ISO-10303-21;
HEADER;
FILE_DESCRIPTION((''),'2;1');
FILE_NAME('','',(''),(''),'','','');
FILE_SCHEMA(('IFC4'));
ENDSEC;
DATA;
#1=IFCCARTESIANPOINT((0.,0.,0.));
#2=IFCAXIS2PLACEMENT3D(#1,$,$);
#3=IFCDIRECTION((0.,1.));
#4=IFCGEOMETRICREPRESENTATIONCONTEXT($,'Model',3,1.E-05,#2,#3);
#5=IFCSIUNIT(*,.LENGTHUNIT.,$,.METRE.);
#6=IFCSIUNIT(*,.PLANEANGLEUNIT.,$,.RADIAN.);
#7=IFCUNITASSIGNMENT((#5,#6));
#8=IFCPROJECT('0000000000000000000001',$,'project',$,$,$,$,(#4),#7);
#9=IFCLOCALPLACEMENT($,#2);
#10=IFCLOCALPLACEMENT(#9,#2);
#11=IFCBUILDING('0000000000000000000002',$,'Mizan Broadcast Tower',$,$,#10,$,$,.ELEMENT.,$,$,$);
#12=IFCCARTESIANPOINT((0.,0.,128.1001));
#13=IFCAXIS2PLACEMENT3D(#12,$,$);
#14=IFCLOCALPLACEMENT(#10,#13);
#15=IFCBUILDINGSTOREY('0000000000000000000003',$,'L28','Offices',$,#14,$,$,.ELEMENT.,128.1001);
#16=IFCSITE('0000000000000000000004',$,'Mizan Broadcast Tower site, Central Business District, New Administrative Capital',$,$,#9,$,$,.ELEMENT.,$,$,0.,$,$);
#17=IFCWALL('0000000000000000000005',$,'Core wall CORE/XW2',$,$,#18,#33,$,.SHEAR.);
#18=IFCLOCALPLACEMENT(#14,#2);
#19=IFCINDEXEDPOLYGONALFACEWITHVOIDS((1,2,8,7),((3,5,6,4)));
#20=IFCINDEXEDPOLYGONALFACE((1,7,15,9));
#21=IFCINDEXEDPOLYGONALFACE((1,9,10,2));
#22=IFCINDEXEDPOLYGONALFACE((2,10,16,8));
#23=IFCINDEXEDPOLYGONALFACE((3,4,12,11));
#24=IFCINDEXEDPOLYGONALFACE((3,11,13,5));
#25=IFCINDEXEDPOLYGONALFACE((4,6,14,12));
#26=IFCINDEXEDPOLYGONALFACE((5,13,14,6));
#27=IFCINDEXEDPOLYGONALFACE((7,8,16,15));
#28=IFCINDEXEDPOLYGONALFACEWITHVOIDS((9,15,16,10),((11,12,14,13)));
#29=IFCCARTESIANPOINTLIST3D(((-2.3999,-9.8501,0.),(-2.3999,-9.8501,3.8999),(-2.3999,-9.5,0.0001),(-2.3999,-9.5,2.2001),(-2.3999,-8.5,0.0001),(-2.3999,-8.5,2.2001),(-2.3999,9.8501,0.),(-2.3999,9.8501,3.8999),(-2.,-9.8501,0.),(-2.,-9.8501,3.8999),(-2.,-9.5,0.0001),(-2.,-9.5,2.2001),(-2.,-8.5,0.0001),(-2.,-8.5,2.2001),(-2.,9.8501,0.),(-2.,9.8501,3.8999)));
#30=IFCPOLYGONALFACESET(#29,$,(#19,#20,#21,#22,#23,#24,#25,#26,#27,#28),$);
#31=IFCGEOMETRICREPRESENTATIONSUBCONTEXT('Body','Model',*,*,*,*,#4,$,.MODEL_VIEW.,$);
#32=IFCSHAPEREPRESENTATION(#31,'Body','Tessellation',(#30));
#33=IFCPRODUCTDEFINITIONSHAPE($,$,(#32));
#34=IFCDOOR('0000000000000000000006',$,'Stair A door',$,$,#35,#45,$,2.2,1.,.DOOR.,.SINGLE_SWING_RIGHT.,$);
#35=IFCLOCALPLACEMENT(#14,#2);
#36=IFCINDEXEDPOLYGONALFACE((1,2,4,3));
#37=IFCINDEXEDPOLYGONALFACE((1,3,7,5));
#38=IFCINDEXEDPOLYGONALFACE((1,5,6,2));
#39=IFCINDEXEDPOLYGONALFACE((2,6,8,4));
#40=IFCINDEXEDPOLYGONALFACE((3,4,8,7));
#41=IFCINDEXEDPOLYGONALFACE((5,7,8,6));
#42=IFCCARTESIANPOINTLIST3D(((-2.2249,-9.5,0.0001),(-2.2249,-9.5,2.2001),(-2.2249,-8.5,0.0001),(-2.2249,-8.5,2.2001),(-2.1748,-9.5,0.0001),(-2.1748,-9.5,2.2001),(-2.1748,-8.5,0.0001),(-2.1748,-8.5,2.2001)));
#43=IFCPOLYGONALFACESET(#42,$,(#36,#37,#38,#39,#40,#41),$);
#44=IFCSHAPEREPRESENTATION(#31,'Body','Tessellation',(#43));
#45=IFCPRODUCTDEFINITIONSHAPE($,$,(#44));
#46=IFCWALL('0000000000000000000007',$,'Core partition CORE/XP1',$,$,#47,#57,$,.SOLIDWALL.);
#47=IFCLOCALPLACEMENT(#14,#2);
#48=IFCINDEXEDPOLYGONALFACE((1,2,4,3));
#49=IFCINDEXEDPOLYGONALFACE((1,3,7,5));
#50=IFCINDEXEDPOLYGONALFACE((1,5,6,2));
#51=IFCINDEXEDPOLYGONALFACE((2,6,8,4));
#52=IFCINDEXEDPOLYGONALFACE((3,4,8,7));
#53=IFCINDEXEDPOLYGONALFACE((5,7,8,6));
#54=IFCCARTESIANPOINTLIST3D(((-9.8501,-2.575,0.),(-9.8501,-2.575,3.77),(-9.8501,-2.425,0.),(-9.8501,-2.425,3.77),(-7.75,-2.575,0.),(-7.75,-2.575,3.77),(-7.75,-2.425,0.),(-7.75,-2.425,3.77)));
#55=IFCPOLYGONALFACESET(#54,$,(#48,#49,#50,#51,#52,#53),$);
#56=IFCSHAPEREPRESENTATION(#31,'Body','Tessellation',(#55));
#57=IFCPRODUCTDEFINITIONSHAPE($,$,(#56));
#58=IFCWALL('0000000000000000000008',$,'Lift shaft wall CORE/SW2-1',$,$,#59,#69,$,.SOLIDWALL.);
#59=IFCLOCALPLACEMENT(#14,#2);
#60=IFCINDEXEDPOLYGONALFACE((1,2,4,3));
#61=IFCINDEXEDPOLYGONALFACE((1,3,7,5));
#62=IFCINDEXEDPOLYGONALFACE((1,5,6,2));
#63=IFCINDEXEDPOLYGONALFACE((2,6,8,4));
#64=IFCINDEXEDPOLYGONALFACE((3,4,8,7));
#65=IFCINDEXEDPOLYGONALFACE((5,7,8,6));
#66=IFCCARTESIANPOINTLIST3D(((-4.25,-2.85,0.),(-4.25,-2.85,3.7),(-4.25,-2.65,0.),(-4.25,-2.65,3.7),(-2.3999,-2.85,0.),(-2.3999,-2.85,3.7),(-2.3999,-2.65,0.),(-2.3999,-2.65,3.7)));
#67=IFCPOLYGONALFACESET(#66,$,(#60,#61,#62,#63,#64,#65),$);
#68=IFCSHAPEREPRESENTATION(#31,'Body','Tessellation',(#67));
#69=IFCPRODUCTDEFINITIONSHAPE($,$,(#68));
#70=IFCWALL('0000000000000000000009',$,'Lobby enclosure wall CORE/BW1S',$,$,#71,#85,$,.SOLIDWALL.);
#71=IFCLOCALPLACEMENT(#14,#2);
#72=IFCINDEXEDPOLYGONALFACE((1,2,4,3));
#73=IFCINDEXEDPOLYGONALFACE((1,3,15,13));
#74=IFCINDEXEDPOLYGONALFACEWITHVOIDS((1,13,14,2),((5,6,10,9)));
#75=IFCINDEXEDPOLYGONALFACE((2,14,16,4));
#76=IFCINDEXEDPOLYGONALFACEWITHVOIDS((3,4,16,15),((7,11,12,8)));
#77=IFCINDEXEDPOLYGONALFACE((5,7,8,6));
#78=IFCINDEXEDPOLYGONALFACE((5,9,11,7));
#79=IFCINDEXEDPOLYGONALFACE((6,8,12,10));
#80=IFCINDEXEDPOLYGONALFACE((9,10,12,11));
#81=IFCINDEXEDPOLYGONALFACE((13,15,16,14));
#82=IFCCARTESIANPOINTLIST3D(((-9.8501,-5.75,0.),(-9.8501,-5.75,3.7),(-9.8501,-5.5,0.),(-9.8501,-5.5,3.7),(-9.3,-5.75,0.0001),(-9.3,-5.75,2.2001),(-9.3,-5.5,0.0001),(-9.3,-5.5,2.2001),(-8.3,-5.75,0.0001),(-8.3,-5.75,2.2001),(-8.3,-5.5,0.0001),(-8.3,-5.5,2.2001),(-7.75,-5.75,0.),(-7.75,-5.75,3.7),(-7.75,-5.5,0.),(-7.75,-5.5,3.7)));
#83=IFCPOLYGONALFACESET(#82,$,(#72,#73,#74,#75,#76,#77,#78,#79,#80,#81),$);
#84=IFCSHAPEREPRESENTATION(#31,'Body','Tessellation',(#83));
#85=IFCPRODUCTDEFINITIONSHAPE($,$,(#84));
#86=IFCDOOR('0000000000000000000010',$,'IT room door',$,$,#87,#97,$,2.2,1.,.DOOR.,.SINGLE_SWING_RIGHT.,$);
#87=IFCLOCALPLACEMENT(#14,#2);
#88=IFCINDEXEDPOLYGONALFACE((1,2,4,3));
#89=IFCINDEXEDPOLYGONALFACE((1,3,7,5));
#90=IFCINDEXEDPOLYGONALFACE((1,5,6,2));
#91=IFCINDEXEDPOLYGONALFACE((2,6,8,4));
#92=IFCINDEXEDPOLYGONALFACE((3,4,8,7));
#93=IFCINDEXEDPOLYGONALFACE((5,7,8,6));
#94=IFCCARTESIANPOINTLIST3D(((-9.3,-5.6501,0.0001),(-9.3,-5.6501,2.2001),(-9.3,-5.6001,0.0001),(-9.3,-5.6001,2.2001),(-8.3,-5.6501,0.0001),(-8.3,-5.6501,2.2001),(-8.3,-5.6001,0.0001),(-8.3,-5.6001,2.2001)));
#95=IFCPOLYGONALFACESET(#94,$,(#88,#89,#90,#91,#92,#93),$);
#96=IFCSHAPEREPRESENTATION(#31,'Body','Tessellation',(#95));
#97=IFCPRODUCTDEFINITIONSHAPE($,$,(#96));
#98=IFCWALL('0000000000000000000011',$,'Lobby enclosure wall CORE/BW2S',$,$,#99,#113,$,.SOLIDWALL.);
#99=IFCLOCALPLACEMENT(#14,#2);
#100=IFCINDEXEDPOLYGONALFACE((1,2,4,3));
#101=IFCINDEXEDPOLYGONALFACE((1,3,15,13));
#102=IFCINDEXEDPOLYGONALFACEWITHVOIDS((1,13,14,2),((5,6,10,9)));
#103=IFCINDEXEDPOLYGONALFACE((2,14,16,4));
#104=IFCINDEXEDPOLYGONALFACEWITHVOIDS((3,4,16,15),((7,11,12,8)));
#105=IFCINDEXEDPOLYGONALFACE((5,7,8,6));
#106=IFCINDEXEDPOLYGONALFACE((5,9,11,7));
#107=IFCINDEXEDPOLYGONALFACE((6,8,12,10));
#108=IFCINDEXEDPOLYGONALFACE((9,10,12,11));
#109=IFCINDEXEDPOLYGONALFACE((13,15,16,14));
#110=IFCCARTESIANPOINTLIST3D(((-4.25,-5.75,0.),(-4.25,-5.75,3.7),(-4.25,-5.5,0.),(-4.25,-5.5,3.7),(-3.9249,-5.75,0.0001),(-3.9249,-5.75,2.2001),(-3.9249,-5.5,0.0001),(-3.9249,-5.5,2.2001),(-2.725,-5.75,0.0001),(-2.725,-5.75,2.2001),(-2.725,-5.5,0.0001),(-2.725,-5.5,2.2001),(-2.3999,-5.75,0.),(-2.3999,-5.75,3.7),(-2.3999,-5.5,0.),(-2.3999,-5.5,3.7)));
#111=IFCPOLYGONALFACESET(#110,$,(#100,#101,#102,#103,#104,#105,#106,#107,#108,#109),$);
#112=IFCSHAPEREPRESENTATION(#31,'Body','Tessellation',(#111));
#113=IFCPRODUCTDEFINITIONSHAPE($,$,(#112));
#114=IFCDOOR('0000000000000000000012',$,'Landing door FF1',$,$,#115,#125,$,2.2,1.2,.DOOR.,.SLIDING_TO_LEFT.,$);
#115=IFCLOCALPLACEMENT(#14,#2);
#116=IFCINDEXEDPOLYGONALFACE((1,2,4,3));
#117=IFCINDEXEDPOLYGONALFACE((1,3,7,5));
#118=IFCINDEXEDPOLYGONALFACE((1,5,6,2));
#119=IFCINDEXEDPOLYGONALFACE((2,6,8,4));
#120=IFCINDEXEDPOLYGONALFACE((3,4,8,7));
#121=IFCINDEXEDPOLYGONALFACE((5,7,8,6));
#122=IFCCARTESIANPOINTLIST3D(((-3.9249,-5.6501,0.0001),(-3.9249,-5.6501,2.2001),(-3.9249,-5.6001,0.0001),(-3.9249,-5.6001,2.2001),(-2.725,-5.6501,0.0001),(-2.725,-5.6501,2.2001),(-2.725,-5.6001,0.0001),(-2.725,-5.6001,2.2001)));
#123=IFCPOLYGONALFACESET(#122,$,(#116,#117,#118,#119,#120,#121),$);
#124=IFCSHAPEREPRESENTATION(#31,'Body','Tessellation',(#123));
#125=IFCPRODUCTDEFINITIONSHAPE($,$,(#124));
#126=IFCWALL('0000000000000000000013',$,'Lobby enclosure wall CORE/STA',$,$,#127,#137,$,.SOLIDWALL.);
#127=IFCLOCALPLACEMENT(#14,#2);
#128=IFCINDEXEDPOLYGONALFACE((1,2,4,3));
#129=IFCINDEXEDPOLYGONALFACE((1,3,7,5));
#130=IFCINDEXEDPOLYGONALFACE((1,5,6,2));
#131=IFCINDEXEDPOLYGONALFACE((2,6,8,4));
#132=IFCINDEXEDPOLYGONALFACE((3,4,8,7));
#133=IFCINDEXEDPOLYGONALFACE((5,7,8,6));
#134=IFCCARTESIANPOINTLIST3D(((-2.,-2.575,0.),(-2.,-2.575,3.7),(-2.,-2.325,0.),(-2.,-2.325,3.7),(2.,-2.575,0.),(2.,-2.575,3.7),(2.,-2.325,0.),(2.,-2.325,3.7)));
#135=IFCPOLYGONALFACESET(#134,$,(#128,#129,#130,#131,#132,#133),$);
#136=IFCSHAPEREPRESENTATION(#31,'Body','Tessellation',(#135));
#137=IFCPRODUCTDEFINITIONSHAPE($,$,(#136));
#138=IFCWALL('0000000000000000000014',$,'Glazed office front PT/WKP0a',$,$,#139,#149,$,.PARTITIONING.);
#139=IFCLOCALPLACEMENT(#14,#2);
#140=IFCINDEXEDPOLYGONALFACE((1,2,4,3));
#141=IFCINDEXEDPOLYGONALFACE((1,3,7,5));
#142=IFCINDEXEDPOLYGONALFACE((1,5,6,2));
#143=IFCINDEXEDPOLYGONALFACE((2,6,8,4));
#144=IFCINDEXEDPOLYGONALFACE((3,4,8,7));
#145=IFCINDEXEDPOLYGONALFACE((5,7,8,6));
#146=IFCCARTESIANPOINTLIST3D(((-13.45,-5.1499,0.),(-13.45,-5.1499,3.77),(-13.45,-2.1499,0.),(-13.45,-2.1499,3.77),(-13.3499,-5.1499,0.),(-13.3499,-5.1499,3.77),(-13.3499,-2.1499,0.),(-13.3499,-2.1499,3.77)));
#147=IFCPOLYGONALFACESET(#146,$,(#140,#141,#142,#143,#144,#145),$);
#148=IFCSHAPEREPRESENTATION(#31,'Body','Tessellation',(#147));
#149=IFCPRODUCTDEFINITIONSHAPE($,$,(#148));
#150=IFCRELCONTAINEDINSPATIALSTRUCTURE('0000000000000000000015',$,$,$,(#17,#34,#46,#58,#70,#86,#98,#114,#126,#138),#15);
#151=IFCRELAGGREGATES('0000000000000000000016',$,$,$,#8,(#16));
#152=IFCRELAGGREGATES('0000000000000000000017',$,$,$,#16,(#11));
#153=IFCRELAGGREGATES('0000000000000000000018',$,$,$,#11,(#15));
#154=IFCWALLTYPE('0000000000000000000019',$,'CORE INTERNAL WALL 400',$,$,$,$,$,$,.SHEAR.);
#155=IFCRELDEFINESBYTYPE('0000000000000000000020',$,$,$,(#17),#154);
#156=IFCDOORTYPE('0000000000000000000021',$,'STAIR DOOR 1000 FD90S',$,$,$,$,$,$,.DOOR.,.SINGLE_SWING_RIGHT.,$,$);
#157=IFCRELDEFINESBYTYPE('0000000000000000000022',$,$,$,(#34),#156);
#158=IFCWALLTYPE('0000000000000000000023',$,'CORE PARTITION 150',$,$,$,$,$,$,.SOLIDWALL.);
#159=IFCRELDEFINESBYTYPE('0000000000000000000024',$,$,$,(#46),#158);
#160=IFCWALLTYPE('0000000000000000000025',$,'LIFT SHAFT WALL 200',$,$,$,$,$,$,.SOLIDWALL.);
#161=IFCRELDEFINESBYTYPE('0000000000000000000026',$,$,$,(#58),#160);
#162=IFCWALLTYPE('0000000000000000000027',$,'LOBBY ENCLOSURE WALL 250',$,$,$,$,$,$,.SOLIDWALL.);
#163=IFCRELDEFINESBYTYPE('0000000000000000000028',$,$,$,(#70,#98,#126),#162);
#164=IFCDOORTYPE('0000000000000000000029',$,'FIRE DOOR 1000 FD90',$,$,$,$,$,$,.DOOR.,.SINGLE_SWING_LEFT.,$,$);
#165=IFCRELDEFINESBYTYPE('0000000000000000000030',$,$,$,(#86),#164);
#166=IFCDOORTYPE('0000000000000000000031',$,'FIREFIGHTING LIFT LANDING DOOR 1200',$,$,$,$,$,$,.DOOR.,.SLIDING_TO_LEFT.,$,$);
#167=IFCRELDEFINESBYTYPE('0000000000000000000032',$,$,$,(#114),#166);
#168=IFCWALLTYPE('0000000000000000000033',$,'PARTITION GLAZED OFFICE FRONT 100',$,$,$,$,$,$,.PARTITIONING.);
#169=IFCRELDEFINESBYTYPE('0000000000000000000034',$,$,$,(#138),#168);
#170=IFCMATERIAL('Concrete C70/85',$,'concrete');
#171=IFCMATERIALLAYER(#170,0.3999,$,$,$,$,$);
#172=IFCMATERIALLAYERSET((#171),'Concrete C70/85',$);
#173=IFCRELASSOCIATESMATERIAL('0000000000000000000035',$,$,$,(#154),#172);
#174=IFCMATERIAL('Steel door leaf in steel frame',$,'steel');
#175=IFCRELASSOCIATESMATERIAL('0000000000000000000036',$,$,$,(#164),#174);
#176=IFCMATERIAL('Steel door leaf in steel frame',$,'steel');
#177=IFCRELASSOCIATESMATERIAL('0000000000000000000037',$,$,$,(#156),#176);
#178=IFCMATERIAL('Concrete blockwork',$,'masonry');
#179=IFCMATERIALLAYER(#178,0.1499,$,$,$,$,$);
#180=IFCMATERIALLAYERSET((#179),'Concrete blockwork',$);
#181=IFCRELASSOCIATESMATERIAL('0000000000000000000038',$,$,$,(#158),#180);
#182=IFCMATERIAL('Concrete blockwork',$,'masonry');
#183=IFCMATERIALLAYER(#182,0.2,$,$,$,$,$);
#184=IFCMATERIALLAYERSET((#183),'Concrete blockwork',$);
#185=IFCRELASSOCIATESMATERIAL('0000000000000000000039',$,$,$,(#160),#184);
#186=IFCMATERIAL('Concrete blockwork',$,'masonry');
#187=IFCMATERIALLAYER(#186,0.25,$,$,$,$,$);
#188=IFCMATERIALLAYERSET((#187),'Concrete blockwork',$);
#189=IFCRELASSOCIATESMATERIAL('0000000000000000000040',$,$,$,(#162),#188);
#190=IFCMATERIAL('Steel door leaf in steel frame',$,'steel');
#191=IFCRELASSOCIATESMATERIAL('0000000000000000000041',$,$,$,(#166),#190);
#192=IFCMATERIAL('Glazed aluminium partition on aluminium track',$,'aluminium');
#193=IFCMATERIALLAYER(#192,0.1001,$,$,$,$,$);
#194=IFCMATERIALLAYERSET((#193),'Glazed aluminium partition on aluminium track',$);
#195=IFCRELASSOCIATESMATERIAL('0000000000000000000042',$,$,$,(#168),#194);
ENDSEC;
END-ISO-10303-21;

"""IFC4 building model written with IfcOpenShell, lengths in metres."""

from ifc_helpers import new_model, si_unit, direction, frame, frame_2d, origin, place, context, subcontext, project, spatial, rectangle, extrude, material, layer, layer_set, type_object, element, fill, save


model = new_model("IFC4")

# Units and contexts
model_context = context("Model", 3, precision=1e-05, world=origin(), true_north=direction((0.0, 1.0)))
body_context = subcontext(model_context, "Body", "Model", "MODEL_VIEW")
ifc_project = project(units=[si_unit("LENGTHUNIT", "METRE"), si_unit("PLANEANGLEUNIT", "RADIAN")], contexts=[model_context])

# Site, building, storey
site_placement = place(None, origin())
site = spatial("IfcSite", under=ifc_project, at=site_placement, Name="Mizan Broadcast Tower site, Central Business District, New Administrative Capital", CompositionType="ELEMENT", RefElevation=0.0)
building_placement = place(site_placement, origin())
building = spatial("IfcBuilding", under=site, at=building_placement, Name="Mizan Broadcast Tower", CompositionType="ELEMENT")
storey_placement = place(building_placement, frame((0.0, 0.0, 128.1001)))
storey = spatial("IfcBuildingStorey", under=building, at=storey_placement, Name="L28", Description="Offices", CompositionType="ELEMENT", Elevation=128.1001)

# Shared definitions
ifc_material_1 = material(Name="Concrete C70/85", Category="concrete")
ifc_layer_1 = layer(ifc_material_1, 0.3999)
ifc_layer_set_1 = layer_set([ifc_layer_1], Name="Concrete C70/85")
wall_type_1 = type_object("IfcWallType", Name="CORE INTERNAL WALL 400", PredefinedType="SHEAR", material=ifc_layer_set_1)
ifc_material_2 = material(Name="Steel door leaf in steel frame", Category="steel")
door_type_1 = type_object("IfcDoorType", Name="FIRE DOOR 1000 FD90", OperationType="SINGLE_SWING_LEFT", PredefinedType="DOOR", material=ifc_material_2)

# Wall, opening, door
wall_1_placement = place(storey_placement, frame((-2.2, -9.8501, 0.0), z_axis=(0.0, 0.0, 1.0), x_axis=(0.0, 1.0, 0.0)))
wall_1 = element("IfcWall", 1, at=wall_1_placement, inside=storey, type_object=wall_type_1, Name="Core wall CORE/XW2", PredefinedType="SHEAR", context=body_context, shape_type="SweptSolid", body=[
    extrude(rectangle(XDim=19.7002, YDim=0.3999, at=frame_2d((9.8501, 0.0))), origin(), (0.0, 0.0, 1.0), 3.8999),
])
opening_1_placement = place(wall_1_placement, frame((0.3501, 0.0, 0.0)))
opening_1 = element("IfcOpeningElement", 2, at=opening_1_placement, cuts=wall_1, PredefinedType="OPENING", context=body_context, shape_type="SweptSolid", body=[
    extrude(rectangle(XDim=1.0, YDim=2.2, at=frame_2d((0.5, 1.1001))), frame((0.0, 0.21, 0.0), z_axis=(0.0, -1.0, 0.0), x_axis=(1.0, 0.0, 0.0)), (0.0, 0.0, 1.0), 0.4199),
])
ifc_material_3 = material(Name="Steel door leaf in steel frame", Category="steel")
door_type_2 = type_object("IfcDoorType", Name="STAIR DOOR 1000 FD90S", OperationType="SINGLE_SWING_RIGHT", PredefinedType="DOOR", material=ifc_material_3)
door_1_placement = place(opening_1_placement, origin())
door_1 = element("IfcDoor", 3, at=door_1_placement, inside=storey, type_object=door_type_2, Name="Stair A door", OperationType="SINGLE_SWING_RIGHT", OverallHeight=2.2, OverallWidth=1.0, PredefinedType="DOOR", context=body_context, shape_type="SweptSolid", body=[
    extrude(rectangle(XDim=1.0, YDim=2.2, at=frame_2d((0.5, 1.1001))), frame((0.0, 0.0249, 0.0), z_axis=(0.0, -1.0, 0.0), x_axis=(1.0, 0.0, 0.0)), (0.0, 0.0, 1.0), 0.05),
])
fill(opening_1, door_1)

# Walls
ifc_material_4 = material(Name="Concrete blockwork", Category="masonry")
ifc_layer_2 = layer(ifc_material_4, 0.1499)
ifc_layer_set_2 = layer_set([ifc_layer_2], Name="Concrete blockwork")
wall_type_2 = type_object("IfcWallType", Name="CORE PARTITION 150", PredefinedType="SOLIDWALL", material=ifc_layer_set_2)
wall_2_placement = place(storey_placement, frame((-9.8501, -2.5, 0.0), z_axis=(0.0, 0.0, 1.0), x_axis=(1.0, 0.0, 0.0)))
element("IfcWall", 4, at=wall_2_placement, inside=storey, type_object=wall_type_2, Name="Core partition CORE/XP1", PredefinedType="SOLIDWALL", context=body_context, shape_type="SweptSolid", body=[
    extrude(rectangle(XDim=2.1001, YDim=0.1499, at=frame_2d((1.05, 0.0))), origin(), (0.0, 0.0, 1.0), 3.77),
])
ifc_material_5 = material(Name="Concrete blockwork", Category="masonry")
ifc_layer_3 = layer(ifc_material_5, 0.2)
ifc_layer_set_3 = layer_set([ifc_layer_3], Name="Concrete blockwork")
wall_type_3 = type_object("IfcWallType", Name="LIFT SHAFT WALL 200", PredefinedType="SOLIDWALL", material=ifc_layer_set_3)
wall_3_placement = place(storey_placement, frame((-4.25, -2.75, 0.0), z_axis=(0.0, 0.0, 1.0), x_axis=(1.0, 0.0, 0.0)))
element("IfcWall", 5, at=wall_3_placement, inside=storey, type_object=wall_type_3, Name="Lift shaft wall CORE/SW2-1", PredefinedType="SOLIDWALL", context=body_context, shape_type="SweptSolid", body=[
    extrude(rectangle(XDim=1.8501, YDim=0.2, at=frame_2d((0.925, 0.0))), origin(), (0.0, 0.0, 1.0), 3.7),
])

# Walls, openings, doors
ifc_material_6 = material(Name="Concrete blockwork", Category="masonry")
ifc_layer_4 = layer(ifc_material_6, 0.25)
ifc_layer_set_4 = layer_set([ifc_layer_4], Name="Concrete blockwork")
wall_type_4 = type_object("IfcWallType", Name="LOBBY ENCLOSURE WALL 250", PredefinedType="SOLIDWALL", material=ifc_layer_set_4)
wall_4_placement = place(storey_placement, frame((-9.8501, -5.625, 0.0), z_axis=(0.0, 0.0, 1.0), x_axis=(1.0, 0.0, 0.0)))
wall_4 = element("IfcWall", 6, at=wall_4_placement, inside=storey, type_object=wall_type_4, Name="Lobby enclosure wall CORE/BW1S", PredefinedType="SOLIDWALL", context=body_context, shape_type="SweptSolid", body=[
    extrude(rectangle(XDim=2.1001, YDim=0.25, at=frame_2d((1.05, 0.0))), origin(), (0.0, 0.0, 1.0), 3.7),
])
opening_2_placement = place(wall_4_placement, frame((0.55, 0.0, 0.0)))
opening_2 = element("IfcOpeningElement", 7, at=opening_2_placement, cuts=wall_4, PredefinedType="OPENING", context=body_context, shape_type="SweptSolid", body=[
    extrude(rectangle(XDim=1.0, YDim=2.2, at=frame_2d((0.5, 1.1001))), frame((0.0, 0.135, 0.0), z_axis=(0.0, -1.0, 0.0), x_axis=(1.0, 0.0, 0.0)), (0.0, 0.0, 1.0), 0.27),
])
door_2_placement = place(opening_2_placement, origin())
door_2 = element("IfcDoor", 8, at=door_2_placement, inside=storey, type_object=door_type_1, Name="IT room door", OperationType="SINGLE_SWING_RIGHT", OverallHeight=2.2, OverallWidth=1.0, PredefinedType="DOOR", context=body_context, shape_type="SweptSolid", body=[
    extrude(rectangle(XDim=1.0, YDim=2.2, at=frame_2d((0.5, 1.1001))), frame((0.0, 0.0249, 0.0), z_axis=(0.0, -1.0, 0.0), x_axis=(1.0, 0.0, 0.0)), (0.0, 0.0, 1.0), 0.05),
])
fill(opening_2, door_2)
wall_5_placement = place(storey_placement, frame((-4.25, -5.625, 0.0), z_axis=(0.0, 0.0, 1.0), x_axis=(1.0, 0.0, 0.0)))
wall_5 = element("IfcWall", 9, at=wall_5_placement, inside=storey, type_object=wall_type_4, Name="Lobby enclosure wall CORE/BW2S", PredefinedType="SOLIDWALL", context=body_context, shape_type="SweptSolid", body=[
    extrude(rectangle(XDim=1.8501, YDim=0.25, at=frame_2d((0.925, 0.0))), origin(), (0.0, 0.0, 1.0), 3.7),
])
opening_3_placement = place(wall_5_placement, frame((0.325, 0.0, 0.0)))
opening_3 = element("IfcOpeningElement", 10, at=opening_3_placement, cuts=wall_5, PredefinedType="OPENING", context=body_context, shape_type="SweptSolid", body=[
    extrude(rectangle(XDim=1.2, YDim=2.2, at=frame_2d((0.6001, 1.1001))), frame((0.0, 0.135, 0.0), z_axis=(0.0, -1.0, 0.0), x_axis=(1.0, 0.0, 0.0)), (0.0, 0.0, 1.0), 0.27),
])
ifc_material_7 = material(Name="Steel door leaf in steel frame", Category="steel")
door_type_3 = type_object("IfcDoorType", Name="FIREFIGHTING LIFT LANDING DOOR 1200", OperationType="SLIDING_TO_LEFT", PredefinedType="DOOR", material=ifc_material_7)
door_3_placement = place(opening_3_placement, origin())
door_3 = element("IfcDoor", 11, at=door_3_placement, inside=storey, type_object=door_type_3, Name="Landing door FF1", OperationType="SLIDING_TO_LEFT", OverallHeight=2.2, OverallWidth=1.2, PredefinedType="DOOR", context=body_context, shape_type="SweptSolid", body=[
    extrude(rectangle(XDim=1.2, YDim=2.2, at=frame_2d((0.6001, 1.1001))), frame((0.0, 0.0249, 0.0), z_axis=(0.0, -1.0, 0.0), x_axis=(1.0, 0.0, 0.0)), (0.0, 0.0, 1.0), 0.05),
])
fill(opening_3, door_3)

# Walls
wall_6_placement = place(storey_placement, frame((-2.0, -2.45, 0.0), z_axis=(0.0, 0.0, 1.0), x_axis=(1.0, 0.0, 0.0)))
element("IfcWall", 12, at=wall_6_placement, inside=storey, type_object=wall_type_4, Name="Lobby enclosure wall CORE/STA", PredefinedType="SOLIDWALL", context=body_context, shape_type="SweptSolid", body=[
    extrude(rectangle(XDim=4.0, YDim=0.25, at=frame_2d((2.0, 0.0))), origin(), (0.0, 0.0, 1.0), 3.7),
])
ifc_material_8 = material(Name="Glazed aluminium partition on aluminium track", Category="aluminium")
ifc_layer_5 = layer(ifc_material_8, 0.1001)
ifc_layer_set_5 = layer_set([ifc_layer_5], Name="Glazed aluminium partition on aluminium track")
wall_type_5 = type_object("IfcWallType", Name="PARTITION GLAZED OFFICE FRONT 100", PredefinedType="PARTITIONING", material=ifc_layer_set_5)
wall_7_placement = place(storey_placement, frame((-13.3999, -2.1499, 0.0), z_axis=(0.0, 0.0, 1.0), x_axis=(0.0, -1.0, 0.0)))
element("IfcWall", 13, at=wall_7_placement, inside=storey, type_object=wall_type_5, Name="Glazed office front PT/WKP0a", PredefinedType="PARTITIONING", context=body_context, shape_type="SweptSolid", body=[
    extrude(rectangle(XDim=3.0, YDim=0.1001, at=frame_2d((1.5, 0.0))), origin(), (0.0, 0.0, 1.0), 3.77),
])

save(model, "model.ifc")
